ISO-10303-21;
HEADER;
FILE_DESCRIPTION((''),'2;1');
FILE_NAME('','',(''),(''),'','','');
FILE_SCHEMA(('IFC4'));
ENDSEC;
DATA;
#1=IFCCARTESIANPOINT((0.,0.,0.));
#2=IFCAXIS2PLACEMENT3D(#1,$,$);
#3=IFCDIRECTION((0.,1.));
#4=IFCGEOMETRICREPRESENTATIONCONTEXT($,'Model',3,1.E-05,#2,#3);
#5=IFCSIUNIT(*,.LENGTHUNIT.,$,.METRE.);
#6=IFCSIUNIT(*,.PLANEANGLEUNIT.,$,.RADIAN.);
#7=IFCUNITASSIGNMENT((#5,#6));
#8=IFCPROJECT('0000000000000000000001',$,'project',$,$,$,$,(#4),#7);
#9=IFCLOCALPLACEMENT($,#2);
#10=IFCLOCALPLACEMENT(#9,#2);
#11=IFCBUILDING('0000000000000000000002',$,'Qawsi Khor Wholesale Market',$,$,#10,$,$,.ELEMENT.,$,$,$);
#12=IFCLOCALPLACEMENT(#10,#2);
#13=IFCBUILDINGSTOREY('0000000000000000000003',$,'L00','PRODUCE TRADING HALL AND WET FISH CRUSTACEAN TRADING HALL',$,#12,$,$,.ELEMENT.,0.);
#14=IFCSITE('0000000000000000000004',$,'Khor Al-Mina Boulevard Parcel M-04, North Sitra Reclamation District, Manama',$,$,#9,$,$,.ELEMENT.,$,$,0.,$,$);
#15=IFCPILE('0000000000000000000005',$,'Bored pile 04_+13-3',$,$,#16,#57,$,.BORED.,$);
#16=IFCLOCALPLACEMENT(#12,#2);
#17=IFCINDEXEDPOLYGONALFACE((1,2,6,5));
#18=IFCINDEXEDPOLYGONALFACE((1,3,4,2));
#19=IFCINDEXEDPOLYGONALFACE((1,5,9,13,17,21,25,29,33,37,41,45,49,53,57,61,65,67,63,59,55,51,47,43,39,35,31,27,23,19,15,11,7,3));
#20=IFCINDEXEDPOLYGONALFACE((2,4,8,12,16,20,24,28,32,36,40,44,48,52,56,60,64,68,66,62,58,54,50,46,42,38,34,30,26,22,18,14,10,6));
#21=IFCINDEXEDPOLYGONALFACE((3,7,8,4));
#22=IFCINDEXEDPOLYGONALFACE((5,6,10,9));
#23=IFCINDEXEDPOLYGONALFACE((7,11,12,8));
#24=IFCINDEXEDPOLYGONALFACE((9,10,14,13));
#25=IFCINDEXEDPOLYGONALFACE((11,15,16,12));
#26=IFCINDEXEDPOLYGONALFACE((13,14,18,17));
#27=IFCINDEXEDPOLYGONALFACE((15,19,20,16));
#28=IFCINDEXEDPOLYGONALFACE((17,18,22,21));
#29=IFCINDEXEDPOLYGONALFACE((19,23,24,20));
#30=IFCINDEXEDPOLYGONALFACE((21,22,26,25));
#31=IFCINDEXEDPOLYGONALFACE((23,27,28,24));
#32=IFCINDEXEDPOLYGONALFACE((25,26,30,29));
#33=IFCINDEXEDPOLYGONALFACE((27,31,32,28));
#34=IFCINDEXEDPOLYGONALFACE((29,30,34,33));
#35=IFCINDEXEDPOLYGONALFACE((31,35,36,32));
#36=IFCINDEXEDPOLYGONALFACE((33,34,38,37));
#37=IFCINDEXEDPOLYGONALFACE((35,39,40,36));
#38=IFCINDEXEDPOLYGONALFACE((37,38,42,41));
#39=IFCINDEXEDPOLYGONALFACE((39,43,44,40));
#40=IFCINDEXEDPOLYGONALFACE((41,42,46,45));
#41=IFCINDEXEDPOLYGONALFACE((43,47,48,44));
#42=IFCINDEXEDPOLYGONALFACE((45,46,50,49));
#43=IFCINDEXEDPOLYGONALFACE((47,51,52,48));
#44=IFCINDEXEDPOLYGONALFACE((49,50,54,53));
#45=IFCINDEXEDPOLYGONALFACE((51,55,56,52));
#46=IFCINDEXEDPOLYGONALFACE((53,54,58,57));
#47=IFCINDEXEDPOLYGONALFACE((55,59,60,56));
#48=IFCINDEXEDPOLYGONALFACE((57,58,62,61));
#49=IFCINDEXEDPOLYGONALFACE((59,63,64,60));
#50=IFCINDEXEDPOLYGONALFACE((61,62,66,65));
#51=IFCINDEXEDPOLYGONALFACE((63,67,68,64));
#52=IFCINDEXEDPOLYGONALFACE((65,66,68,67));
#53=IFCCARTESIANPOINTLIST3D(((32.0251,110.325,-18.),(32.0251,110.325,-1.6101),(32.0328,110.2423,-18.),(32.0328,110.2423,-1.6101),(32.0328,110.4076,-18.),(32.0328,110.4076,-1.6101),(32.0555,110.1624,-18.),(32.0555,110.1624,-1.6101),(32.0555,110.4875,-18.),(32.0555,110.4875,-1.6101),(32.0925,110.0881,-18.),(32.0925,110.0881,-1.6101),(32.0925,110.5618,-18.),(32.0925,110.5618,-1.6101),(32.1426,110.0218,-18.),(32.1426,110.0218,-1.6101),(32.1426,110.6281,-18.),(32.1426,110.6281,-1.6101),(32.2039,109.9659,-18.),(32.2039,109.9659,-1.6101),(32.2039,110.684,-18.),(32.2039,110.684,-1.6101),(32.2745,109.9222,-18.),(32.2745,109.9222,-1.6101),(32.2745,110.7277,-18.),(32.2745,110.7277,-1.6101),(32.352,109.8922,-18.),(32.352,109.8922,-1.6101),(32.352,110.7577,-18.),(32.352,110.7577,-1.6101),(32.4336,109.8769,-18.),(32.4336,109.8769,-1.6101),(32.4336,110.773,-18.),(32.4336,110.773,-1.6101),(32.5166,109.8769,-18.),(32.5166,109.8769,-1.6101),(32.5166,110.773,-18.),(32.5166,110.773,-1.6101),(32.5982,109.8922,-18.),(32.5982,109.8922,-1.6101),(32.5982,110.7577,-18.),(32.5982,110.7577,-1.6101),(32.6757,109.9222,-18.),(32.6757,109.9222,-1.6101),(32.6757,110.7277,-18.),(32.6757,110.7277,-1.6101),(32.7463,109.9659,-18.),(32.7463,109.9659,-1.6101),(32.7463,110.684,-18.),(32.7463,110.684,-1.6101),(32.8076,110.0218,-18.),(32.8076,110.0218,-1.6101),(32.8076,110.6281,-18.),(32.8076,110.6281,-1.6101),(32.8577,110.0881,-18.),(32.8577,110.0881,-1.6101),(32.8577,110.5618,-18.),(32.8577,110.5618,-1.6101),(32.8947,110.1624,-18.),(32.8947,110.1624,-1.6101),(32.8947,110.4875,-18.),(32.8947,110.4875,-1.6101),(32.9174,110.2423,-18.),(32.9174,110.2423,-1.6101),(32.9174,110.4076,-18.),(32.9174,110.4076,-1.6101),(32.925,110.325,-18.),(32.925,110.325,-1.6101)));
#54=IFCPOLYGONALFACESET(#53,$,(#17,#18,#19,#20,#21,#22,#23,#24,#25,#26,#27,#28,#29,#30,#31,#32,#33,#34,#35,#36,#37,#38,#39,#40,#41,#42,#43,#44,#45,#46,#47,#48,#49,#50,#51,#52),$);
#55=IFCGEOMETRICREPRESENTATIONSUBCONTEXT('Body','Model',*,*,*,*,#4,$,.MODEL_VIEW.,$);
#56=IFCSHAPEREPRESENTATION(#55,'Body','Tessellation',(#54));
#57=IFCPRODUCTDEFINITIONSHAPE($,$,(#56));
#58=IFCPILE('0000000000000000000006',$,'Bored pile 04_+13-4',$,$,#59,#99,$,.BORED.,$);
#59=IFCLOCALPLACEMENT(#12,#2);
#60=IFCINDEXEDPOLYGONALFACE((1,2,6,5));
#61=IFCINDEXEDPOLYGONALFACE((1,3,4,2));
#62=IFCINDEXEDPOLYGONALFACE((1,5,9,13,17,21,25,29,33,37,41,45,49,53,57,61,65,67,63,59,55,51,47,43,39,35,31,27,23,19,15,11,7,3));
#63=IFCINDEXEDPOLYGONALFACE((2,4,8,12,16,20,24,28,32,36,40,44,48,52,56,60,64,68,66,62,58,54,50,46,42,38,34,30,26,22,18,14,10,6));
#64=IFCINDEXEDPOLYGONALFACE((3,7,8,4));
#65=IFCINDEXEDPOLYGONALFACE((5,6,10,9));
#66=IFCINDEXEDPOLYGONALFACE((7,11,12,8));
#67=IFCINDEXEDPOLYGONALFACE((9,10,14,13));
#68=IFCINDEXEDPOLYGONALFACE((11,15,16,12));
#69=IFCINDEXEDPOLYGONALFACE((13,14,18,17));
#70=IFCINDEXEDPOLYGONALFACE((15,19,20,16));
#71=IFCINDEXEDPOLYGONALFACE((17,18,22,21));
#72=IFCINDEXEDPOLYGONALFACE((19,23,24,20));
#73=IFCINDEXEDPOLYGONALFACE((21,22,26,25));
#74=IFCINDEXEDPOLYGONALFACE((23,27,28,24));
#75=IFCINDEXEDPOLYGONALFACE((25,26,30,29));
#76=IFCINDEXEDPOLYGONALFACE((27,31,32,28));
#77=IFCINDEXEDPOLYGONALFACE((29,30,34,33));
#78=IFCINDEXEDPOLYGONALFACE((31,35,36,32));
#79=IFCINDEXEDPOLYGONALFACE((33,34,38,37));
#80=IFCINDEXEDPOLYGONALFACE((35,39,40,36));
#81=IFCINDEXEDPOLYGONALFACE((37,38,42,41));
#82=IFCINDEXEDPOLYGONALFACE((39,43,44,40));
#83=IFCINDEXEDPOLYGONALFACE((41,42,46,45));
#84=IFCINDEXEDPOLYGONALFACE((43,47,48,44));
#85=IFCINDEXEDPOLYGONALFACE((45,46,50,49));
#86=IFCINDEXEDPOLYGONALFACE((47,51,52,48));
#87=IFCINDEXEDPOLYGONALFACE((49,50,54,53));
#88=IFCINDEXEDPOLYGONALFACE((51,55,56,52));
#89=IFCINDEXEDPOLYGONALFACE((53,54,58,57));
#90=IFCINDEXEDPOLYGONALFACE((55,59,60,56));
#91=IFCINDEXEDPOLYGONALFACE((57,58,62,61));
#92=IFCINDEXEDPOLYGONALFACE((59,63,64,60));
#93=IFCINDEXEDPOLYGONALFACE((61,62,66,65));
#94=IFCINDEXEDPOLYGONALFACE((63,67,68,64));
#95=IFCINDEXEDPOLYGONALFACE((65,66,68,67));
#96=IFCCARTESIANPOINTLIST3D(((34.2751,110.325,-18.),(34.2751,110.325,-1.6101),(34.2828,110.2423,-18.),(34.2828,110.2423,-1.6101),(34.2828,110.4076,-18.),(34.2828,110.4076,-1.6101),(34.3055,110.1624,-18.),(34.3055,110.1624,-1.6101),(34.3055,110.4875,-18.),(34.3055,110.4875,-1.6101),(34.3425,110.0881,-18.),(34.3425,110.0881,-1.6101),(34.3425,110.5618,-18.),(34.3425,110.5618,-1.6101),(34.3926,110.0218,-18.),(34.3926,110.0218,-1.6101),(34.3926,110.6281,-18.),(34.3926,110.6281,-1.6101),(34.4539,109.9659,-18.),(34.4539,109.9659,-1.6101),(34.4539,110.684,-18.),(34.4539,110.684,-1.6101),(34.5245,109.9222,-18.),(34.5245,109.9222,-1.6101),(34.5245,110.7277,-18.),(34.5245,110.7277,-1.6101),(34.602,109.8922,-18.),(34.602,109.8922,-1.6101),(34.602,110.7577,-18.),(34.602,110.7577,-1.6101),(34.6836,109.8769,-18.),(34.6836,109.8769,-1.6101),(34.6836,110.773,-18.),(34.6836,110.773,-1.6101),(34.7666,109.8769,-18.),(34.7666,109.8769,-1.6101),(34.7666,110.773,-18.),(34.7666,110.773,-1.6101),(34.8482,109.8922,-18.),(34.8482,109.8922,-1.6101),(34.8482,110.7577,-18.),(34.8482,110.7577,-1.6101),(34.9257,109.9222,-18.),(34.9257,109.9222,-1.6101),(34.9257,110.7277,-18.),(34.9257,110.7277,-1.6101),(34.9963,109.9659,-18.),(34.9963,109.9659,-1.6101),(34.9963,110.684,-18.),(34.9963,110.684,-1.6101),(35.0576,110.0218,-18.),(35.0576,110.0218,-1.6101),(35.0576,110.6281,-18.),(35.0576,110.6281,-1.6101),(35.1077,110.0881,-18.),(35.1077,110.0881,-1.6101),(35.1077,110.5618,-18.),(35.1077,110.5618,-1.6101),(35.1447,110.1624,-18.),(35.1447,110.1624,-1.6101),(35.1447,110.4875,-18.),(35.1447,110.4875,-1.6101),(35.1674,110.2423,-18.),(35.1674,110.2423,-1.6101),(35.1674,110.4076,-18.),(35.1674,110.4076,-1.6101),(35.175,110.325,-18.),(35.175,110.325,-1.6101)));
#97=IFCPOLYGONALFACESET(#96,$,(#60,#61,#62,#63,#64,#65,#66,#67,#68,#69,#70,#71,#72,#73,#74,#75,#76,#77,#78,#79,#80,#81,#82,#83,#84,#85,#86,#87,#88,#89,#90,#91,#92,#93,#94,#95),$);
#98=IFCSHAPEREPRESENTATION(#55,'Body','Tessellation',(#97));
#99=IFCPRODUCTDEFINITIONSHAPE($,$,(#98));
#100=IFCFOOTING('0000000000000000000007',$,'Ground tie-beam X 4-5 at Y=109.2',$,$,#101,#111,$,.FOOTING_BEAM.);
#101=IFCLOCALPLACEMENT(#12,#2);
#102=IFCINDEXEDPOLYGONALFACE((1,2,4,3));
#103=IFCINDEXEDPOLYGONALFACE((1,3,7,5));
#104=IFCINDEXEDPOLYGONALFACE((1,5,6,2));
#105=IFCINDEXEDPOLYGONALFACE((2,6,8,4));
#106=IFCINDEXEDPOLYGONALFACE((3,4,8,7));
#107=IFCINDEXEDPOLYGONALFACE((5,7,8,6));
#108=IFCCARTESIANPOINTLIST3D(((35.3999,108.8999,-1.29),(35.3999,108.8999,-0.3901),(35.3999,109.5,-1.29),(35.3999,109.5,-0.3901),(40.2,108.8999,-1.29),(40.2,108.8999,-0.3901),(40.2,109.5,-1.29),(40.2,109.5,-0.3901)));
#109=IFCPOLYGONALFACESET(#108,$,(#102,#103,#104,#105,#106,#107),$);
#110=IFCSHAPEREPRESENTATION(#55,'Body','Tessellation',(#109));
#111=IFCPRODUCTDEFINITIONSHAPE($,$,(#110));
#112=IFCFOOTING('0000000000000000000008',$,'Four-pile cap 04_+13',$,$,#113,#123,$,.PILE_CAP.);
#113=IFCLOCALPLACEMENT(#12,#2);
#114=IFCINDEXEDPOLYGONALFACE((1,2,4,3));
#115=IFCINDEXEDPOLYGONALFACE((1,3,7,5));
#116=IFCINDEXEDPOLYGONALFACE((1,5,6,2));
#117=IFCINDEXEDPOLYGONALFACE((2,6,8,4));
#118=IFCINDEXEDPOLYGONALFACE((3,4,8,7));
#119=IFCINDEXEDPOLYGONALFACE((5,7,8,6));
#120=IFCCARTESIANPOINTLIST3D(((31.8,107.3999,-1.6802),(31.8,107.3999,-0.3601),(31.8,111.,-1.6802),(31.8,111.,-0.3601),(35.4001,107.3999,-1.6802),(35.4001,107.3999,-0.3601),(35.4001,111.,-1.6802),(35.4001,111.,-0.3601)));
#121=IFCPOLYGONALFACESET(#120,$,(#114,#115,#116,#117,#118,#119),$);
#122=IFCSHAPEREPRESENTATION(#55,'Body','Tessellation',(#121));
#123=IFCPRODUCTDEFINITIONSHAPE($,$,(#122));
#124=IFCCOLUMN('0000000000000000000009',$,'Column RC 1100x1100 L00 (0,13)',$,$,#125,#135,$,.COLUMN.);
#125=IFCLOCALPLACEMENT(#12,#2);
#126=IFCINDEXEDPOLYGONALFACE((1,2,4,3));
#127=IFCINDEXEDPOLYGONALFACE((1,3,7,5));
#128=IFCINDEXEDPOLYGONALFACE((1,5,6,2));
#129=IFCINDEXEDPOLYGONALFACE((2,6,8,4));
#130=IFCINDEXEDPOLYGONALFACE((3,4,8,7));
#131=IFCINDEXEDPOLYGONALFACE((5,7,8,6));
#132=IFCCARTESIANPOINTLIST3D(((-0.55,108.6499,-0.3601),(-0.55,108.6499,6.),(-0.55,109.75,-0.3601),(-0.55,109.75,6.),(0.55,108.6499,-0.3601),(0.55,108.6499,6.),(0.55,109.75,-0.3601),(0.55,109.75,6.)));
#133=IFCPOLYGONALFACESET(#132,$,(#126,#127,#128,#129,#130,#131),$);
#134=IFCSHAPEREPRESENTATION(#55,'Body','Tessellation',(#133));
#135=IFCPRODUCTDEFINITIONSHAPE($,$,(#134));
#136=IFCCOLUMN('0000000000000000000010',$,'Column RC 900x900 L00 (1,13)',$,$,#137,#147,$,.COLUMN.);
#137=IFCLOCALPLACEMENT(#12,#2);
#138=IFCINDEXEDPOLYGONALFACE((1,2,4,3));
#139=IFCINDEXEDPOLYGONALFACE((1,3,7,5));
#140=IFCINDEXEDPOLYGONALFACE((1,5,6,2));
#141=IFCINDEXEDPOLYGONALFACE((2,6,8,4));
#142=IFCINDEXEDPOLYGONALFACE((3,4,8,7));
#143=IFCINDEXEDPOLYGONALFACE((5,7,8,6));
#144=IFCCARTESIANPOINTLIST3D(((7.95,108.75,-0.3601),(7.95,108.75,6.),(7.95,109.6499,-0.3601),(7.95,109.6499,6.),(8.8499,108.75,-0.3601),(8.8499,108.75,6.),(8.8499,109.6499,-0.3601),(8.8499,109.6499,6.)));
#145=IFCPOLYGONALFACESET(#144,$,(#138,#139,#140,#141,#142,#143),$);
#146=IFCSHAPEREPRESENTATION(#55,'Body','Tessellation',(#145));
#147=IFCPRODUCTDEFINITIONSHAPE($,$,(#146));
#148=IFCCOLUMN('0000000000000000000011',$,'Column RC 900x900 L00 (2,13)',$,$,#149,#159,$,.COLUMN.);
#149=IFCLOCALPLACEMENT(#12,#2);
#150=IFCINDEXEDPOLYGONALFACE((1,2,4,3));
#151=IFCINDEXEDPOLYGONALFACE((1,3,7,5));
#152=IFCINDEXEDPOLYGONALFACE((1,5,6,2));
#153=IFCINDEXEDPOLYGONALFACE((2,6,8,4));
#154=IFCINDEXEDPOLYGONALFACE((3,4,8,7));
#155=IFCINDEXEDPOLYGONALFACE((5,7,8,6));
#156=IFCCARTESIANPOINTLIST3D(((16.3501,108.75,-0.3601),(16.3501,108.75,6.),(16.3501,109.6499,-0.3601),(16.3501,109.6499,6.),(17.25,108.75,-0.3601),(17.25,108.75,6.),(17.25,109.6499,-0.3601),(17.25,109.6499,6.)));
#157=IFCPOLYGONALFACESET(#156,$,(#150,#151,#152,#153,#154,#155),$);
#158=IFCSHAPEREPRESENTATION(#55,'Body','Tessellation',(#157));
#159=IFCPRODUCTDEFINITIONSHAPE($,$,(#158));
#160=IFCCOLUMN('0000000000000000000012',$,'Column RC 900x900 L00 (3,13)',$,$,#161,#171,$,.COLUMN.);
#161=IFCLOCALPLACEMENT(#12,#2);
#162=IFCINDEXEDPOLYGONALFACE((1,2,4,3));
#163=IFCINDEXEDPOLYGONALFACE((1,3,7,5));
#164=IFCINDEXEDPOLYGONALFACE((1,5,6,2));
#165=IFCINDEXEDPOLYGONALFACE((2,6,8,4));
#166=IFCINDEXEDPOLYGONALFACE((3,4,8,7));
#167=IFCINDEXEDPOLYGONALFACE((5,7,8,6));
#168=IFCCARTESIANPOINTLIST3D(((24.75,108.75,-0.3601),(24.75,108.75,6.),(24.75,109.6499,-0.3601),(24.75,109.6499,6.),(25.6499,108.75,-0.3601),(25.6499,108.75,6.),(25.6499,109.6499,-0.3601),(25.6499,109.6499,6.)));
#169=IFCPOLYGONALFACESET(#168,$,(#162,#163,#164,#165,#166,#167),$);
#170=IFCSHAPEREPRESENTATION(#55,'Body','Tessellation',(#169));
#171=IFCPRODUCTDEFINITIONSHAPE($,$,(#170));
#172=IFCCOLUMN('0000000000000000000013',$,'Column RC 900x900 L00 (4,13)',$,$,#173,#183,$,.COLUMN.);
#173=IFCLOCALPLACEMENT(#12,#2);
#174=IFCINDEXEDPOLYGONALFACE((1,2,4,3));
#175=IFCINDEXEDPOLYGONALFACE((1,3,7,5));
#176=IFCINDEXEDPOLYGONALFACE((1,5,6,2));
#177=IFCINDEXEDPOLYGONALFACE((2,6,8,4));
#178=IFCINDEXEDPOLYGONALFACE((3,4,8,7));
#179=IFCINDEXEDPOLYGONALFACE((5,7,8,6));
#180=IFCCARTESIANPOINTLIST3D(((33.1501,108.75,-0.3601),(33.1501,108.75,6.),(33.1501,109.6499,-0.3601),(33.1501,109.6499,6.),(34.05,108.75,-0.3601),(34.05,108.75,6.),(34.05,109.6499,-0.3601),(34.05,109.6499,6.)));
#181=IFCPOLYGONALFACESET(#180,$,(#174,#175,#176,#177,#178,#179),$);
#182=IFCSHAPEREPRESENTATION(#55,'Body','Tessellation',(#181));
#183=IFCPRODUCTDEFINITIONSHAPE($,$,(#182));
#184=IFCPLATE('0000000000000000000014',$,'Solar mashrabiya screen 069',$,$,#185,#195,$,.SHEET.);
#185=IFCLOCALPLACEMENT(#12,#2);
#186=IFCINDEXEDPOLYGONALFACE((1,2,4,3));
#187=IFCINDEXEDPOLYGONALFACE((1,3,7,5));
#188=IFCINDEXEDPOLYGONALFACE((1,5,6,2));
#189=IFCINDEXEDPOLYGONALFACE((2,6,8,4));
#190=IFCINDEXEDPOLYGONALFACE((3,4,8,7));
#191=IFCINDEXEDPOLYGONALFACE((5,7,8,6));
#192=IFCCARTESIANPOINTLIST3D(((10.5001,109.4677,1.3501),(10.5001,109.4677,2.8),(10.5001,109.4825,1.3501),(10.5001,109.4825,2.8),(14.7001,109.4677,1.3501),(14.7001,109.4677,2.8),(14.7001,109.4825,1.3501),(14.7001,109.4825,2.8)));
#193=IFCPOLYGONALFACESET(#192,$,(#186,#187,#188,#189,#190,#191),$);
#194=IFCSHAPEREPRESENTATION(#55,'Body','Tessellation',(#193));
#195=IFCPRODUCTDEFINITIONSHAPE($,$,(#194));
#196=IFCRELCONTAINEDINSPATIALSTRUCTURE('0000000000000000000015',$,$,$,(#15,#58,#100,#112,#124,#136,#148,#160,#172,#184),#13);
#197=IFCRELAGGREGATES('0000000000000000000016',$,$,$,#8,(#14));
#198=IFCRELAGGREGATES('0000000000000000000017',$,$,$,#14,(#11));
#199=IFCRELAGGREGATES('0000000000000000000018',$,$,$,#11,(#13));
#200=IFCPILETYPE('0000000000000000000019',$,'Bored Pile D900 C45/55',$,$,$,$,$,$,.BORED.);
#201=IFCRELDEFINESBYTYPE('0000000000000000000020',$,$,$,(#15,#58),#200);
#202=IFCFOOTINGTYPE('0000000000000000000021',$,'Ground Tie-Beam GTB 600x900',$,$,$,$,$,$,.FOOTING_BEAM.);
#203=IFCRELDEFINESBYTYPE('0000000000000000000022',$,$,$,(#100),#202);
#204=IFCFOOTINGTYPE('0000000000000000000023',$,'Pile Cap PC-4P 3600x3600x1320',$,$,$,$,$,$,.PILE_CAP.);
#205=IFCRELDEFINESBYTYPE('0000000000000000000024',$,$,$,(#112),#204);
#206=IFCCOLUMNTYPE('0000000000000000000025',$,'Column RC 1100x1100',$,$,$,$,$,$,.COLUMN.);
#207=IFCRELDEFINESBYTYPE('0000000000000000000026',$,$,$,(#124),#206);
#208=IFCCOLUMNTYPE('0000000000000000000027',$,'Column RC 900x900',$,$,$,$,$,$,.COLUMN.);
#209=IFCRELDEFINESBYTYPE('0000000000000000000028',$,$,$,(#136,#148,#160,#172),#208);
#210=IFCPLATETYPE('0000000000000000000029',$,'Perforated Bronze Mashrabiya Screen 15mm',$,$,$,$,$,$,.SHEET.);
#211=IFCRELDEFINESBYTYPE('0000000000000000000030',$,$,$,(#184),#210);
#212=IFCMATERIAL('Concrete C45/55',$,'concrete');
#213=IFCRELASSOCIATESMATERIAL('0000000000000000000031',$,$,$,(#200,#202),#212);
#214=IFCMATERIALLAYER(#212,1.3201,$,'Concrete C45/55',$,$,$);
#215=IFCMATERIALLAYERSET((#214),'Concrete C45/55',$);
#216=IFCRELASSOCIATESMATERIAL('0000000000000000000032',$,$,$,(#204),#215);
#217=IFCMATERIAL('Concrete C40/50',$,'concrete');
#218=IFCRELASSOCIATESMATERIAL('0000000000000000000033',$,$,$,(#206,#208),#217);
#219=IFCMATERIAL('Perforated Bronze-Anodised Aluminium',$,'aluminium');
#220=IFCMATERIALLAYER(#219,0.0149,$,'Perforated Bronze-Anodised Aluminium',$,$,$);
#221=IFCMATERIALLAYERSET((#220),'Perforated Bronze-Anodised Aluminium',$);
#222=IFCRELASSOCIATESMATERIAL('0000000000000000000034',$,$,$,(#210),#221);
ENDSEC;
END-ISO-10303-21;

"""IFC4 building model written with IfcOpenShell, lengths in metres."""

from ifc_helpers import new_model, si_unit, direction, frame, frame_2d, origin, origin_2d, place, context, subcontext, project, spatial, rectangle, circle, extrude, material, layer, layer_set, material_profile, profile_set, type_object, element, save


model = new_model("IFC4")

# Units and contexts
model_context = context("Model", 3, precision=1e-05, world=origin(), true_north=direction((0.0, 1.0)))
body_context = subcontext(model_context, "Body", "Model", "MODEL_VIEW")
ifc_project = project(units=[si_unit("LENGTHUNIT", "METRE"), si_unit("PLANEANGLEUNIT", "RADIAN")], contexts=[model_context])

# Site, building, storey
site_placement = place(None, origin())
site = spatial("IfcSite", under=ifc_project, at=site_placement, Name="Khor Al-Mina Boulevard Parcel M-04, North Sitra Reclamation District, Manama", CompositionType="ELEMENT", RefElevation=0.0)
building_placement = place(site_placement, origin())
building = spatial("IfcBuilding", under=site, at=building_placement, Name="Qawsi Khor Wholesale Market", CompositionType="ELEMENT")
storey_placement = place(building_placement, origin())
storey = spatial("IfcBuildingStorey", under=building, at=storey_placement, Name="L00", Description="PRODUCE TRADING HALL AND WET FISH CRUSTACEAN TRADING HALL", CompositionType="ELEMENT", Elevation=0.0)

# Piles
ifc_material_1 = material(Name="Concrete C45/55", Category="concrete")
ifc_material_profile_1 = material_profile(ifc_material_1, circle(Radius=0.45, at=origin_2d()), Name="PILE D900")
ifc_profile_set_1 = profile_set([ifc_material_profile_1], Name="Concrete C45/55")
pile_type_1 = type_object("IfcPileType", Name="Bored Pile D900 C45/55", PredefinedType="BORED", material=ifc_profile_set_1)
for number, where, z_axis, x_axis, name in (
    (1, (32.4751, 110.325, -1.6101), (0.0, 0.0, -1.0), (1.0, 0.0, 0.0), "Bored pile 04_+13-3"),
    (2, (34.7251, 110.325, -1.6101), (0.0, 0.0, -1.0), (1.0, 0.0, 0.0), "Bored pile 04_+13-4"),
):
    element("IfcPile", number, at=place(storey_placement, frame(where, z_axis=z_axis, x_axis=x_axis)), inside=storey, type_object=pile_type_1, Name=name, PredefinedType="BORED", context=body_context, shape_type="SweptSolid", body=[
        extrude(circle(Radius=0.45, at=origin_2d()), origin(), (0.0, 0.0, 1.0), 16.3899),
    ])

# Footings
ifc_material_profile_2 = material_profile(ifc_material_1, rectangle(XDim=0.6001, YDim=0.8999, at=origin_2d()), Name="RC 600x900")
ifc_profile_set_2 = profile_set([ifc_material_profile_2], Name="Concrete C45/55")
footing_type_1 = type_object("IfcFootingType", Name="Ground Tie-Beam GTB 600x900", PredefinedType="FOOTING_BEAM", material=ifc_profile_set_2)
footing_1_placement = place(storey_placement, frame((35.3999, 109.2, -0.8401), z_axis=(1.0, 0.0, 0.0), x_axis=(0.0, 1.0, 0.0)))
element("IfcFooting", 3, at=footing_1_placement, inside=storey, type_object=footing_type_1, Name="Ground tie-beam X 4-5 at Y=109.2", PredefinedType="FOOTING_BEAM", context=body_context, shape_type="SweptSolid", body=[
    extrude(rectangle(XDim=0.6001, YDim=0.8999, at=origin_2d()), origin(), (0.0, 0.0, 1.0), 4.8),
])
ifc_layer_1 = layer(ifc_material_1, 1.3201, Name="Concrete C45/55")
ifc_layer_set_1 = layer_set([ifc_layer_1], Name="Concrete C45/55")
footing_type_2 = type_object("IfcFootingType", Name="Pile Cap PC-4P 3600x3600x1320", PredefinedType="PILE_CAP", material=ifc_layer_set_1)
footing_2_placement = place(storey_placement, frame((33.6001, 109.2, -1.6802), z_axis=(0.0, 0.0, 1.0), x_axis=(1.0, 0.0, 0.0)))
element("IfcFooting", 4, at=footing_2_placement, inside=storey, type_object=footing_type_2, Name="Four-pile cap 04_+13", PredefinedType="PILE_CAP", context=body_context, shape_type="SweptSolid", body=[
    extrude(rectangle(XDim=3.6001, YDim=3.6001, at=origin_2d()), origin(), (0.0, 0.0, 1.0), 1.3201),
])

# Columns
ifc_material_2 = material(Name="Concrete C40/50", Category="concrete")
ifc_material_profile_3 = material_profile(ifc_material_2, rectangle(XDim=1.1001, YDim=1.1001, at=origin_2d()), Name="RC 1100x1100")
ifc_profile_set_3 = profile_set([ifc_material_profile_3], Name="Concrete C40/50")
column_type_1 = type_object("IfcColumnType", Name="Column RC 1100x1100", PredefinedType="COLUMN", material=ifc_profile_set_3)
column_placement = place(storey_placement, frame((0.0, 109.2, -0.3601), z_axis=(0.0, 0.0, 1.0), x_axis=(1.0, 0.0, 0.0)))
element("IfcColumn", 5, at=column_placement, inside=storey, type_object=column_type_1, Name="Column RC 1100x1100 L00 (0,13)", PredefinedType="COLUMN", context=body_context, shape_type="SweptSolid", body=[
    extrude(rectangle(XDim=1.1001, YDim=1.1001, at=origin_2d()), origin(), (0.0, 0.0, 1.0), 6.3601),
])
ifc_material_profile_4 = material_profile(ifc_material_2, rectangle(XDim=0.8999, YDim=0.8999, at=origin_2d()), Name="RC 900x900")
ifc_profile_set_4 = profile_set([ifc_material_profile_4], Name="Concrete C40/50")
column_type_2 = type_object("IfcColumnType", Name="Column RC 900x900", PredefinedType="COLUMN", material=ifc_profile_set_4)
for number, where, z_axis, x_axis, name in (
    (6, (8.3999, 109.2, -0.3601), (0.0, 0.0, 1.0), (1.0, 0.0, 0.0), "Column RC 900x900 L00 (1,13)"),
    (7, (16.8, 109.2, -0.3601), (0.0, 0.0, 1.0), (1.0, 0.0, 0.0), "Column RC 900x900 L00 (2,13)"),
    (8, (25.2, 109.2, -0.3601), (0.0, 0.0, 1.0), (1.0, 0.0, 0.0), "Column RC 900x900 L00 (3,13)"),
    (9, (33.6001, 109.2, -0.3601), (0.0, 0.0, 1.0), (1.0, 0.0, 0.0), "Column RC 900x900 L00 (4,13)"),
):
    element("IfcColumn", number, at=place(storey_placement, frame(where, z_axis=z_axis, x_axis=x_axis)), inside=storey, type_object=column_type_2, Name=name, PredefinedType="COLUMN", context=body_context, shape_type="SweptSolid", body=[
        extrude(rectangle(XDim=0.8999, YDim=0.8999, at=origin_2d()), origin(), (0.0, 0.0, 1.0), 6.3601),
    ])

# Plate
ifc_material_3 = material(Name="Perforated Bronze-Anodised Aluminium", Category="aluminium")
ifc_layer_2 = layer(ifc_material_3, 0.0149, Name="Perforated Bronze-Anodised Aluminium")
ifc_layer_set_2 = layer_set([ifc_layer_2], Name="Perforated Bronze-Anodised Aluminium")
plate_type_1 = type_object("IfcPlateType", Name="Perforated Bronze Mashrabiya Screen 15mm", PredefinedType="SHEET", material=ifc_layer_set_2)
for number, where, z_axis, x_axis, name in (
    (10, (10.5, 109.4751, 1.3501), (0.0, 0.0, 1.0), (1.0, 0.0, 0.0), "Solar mashrabiya screen 069"),
):
    element("IfcPlate", number, at=place(storey_placement, frame(where, z_axis=z_axis, x_axis=x_axis)), inside=storey, type_object=plate_type_1, Name=name, PredefinedType="SHEET", context=body_context, shape_type="SweptSolid", body=[
        extrude(rectangle(XDim=4.2, YDim=0.0149, at=frame_2d((2.1001, 0.0))), origin(), (0.0, 0.0, 1.0), 1.45),
    ])

save(model, "model.ifc")
